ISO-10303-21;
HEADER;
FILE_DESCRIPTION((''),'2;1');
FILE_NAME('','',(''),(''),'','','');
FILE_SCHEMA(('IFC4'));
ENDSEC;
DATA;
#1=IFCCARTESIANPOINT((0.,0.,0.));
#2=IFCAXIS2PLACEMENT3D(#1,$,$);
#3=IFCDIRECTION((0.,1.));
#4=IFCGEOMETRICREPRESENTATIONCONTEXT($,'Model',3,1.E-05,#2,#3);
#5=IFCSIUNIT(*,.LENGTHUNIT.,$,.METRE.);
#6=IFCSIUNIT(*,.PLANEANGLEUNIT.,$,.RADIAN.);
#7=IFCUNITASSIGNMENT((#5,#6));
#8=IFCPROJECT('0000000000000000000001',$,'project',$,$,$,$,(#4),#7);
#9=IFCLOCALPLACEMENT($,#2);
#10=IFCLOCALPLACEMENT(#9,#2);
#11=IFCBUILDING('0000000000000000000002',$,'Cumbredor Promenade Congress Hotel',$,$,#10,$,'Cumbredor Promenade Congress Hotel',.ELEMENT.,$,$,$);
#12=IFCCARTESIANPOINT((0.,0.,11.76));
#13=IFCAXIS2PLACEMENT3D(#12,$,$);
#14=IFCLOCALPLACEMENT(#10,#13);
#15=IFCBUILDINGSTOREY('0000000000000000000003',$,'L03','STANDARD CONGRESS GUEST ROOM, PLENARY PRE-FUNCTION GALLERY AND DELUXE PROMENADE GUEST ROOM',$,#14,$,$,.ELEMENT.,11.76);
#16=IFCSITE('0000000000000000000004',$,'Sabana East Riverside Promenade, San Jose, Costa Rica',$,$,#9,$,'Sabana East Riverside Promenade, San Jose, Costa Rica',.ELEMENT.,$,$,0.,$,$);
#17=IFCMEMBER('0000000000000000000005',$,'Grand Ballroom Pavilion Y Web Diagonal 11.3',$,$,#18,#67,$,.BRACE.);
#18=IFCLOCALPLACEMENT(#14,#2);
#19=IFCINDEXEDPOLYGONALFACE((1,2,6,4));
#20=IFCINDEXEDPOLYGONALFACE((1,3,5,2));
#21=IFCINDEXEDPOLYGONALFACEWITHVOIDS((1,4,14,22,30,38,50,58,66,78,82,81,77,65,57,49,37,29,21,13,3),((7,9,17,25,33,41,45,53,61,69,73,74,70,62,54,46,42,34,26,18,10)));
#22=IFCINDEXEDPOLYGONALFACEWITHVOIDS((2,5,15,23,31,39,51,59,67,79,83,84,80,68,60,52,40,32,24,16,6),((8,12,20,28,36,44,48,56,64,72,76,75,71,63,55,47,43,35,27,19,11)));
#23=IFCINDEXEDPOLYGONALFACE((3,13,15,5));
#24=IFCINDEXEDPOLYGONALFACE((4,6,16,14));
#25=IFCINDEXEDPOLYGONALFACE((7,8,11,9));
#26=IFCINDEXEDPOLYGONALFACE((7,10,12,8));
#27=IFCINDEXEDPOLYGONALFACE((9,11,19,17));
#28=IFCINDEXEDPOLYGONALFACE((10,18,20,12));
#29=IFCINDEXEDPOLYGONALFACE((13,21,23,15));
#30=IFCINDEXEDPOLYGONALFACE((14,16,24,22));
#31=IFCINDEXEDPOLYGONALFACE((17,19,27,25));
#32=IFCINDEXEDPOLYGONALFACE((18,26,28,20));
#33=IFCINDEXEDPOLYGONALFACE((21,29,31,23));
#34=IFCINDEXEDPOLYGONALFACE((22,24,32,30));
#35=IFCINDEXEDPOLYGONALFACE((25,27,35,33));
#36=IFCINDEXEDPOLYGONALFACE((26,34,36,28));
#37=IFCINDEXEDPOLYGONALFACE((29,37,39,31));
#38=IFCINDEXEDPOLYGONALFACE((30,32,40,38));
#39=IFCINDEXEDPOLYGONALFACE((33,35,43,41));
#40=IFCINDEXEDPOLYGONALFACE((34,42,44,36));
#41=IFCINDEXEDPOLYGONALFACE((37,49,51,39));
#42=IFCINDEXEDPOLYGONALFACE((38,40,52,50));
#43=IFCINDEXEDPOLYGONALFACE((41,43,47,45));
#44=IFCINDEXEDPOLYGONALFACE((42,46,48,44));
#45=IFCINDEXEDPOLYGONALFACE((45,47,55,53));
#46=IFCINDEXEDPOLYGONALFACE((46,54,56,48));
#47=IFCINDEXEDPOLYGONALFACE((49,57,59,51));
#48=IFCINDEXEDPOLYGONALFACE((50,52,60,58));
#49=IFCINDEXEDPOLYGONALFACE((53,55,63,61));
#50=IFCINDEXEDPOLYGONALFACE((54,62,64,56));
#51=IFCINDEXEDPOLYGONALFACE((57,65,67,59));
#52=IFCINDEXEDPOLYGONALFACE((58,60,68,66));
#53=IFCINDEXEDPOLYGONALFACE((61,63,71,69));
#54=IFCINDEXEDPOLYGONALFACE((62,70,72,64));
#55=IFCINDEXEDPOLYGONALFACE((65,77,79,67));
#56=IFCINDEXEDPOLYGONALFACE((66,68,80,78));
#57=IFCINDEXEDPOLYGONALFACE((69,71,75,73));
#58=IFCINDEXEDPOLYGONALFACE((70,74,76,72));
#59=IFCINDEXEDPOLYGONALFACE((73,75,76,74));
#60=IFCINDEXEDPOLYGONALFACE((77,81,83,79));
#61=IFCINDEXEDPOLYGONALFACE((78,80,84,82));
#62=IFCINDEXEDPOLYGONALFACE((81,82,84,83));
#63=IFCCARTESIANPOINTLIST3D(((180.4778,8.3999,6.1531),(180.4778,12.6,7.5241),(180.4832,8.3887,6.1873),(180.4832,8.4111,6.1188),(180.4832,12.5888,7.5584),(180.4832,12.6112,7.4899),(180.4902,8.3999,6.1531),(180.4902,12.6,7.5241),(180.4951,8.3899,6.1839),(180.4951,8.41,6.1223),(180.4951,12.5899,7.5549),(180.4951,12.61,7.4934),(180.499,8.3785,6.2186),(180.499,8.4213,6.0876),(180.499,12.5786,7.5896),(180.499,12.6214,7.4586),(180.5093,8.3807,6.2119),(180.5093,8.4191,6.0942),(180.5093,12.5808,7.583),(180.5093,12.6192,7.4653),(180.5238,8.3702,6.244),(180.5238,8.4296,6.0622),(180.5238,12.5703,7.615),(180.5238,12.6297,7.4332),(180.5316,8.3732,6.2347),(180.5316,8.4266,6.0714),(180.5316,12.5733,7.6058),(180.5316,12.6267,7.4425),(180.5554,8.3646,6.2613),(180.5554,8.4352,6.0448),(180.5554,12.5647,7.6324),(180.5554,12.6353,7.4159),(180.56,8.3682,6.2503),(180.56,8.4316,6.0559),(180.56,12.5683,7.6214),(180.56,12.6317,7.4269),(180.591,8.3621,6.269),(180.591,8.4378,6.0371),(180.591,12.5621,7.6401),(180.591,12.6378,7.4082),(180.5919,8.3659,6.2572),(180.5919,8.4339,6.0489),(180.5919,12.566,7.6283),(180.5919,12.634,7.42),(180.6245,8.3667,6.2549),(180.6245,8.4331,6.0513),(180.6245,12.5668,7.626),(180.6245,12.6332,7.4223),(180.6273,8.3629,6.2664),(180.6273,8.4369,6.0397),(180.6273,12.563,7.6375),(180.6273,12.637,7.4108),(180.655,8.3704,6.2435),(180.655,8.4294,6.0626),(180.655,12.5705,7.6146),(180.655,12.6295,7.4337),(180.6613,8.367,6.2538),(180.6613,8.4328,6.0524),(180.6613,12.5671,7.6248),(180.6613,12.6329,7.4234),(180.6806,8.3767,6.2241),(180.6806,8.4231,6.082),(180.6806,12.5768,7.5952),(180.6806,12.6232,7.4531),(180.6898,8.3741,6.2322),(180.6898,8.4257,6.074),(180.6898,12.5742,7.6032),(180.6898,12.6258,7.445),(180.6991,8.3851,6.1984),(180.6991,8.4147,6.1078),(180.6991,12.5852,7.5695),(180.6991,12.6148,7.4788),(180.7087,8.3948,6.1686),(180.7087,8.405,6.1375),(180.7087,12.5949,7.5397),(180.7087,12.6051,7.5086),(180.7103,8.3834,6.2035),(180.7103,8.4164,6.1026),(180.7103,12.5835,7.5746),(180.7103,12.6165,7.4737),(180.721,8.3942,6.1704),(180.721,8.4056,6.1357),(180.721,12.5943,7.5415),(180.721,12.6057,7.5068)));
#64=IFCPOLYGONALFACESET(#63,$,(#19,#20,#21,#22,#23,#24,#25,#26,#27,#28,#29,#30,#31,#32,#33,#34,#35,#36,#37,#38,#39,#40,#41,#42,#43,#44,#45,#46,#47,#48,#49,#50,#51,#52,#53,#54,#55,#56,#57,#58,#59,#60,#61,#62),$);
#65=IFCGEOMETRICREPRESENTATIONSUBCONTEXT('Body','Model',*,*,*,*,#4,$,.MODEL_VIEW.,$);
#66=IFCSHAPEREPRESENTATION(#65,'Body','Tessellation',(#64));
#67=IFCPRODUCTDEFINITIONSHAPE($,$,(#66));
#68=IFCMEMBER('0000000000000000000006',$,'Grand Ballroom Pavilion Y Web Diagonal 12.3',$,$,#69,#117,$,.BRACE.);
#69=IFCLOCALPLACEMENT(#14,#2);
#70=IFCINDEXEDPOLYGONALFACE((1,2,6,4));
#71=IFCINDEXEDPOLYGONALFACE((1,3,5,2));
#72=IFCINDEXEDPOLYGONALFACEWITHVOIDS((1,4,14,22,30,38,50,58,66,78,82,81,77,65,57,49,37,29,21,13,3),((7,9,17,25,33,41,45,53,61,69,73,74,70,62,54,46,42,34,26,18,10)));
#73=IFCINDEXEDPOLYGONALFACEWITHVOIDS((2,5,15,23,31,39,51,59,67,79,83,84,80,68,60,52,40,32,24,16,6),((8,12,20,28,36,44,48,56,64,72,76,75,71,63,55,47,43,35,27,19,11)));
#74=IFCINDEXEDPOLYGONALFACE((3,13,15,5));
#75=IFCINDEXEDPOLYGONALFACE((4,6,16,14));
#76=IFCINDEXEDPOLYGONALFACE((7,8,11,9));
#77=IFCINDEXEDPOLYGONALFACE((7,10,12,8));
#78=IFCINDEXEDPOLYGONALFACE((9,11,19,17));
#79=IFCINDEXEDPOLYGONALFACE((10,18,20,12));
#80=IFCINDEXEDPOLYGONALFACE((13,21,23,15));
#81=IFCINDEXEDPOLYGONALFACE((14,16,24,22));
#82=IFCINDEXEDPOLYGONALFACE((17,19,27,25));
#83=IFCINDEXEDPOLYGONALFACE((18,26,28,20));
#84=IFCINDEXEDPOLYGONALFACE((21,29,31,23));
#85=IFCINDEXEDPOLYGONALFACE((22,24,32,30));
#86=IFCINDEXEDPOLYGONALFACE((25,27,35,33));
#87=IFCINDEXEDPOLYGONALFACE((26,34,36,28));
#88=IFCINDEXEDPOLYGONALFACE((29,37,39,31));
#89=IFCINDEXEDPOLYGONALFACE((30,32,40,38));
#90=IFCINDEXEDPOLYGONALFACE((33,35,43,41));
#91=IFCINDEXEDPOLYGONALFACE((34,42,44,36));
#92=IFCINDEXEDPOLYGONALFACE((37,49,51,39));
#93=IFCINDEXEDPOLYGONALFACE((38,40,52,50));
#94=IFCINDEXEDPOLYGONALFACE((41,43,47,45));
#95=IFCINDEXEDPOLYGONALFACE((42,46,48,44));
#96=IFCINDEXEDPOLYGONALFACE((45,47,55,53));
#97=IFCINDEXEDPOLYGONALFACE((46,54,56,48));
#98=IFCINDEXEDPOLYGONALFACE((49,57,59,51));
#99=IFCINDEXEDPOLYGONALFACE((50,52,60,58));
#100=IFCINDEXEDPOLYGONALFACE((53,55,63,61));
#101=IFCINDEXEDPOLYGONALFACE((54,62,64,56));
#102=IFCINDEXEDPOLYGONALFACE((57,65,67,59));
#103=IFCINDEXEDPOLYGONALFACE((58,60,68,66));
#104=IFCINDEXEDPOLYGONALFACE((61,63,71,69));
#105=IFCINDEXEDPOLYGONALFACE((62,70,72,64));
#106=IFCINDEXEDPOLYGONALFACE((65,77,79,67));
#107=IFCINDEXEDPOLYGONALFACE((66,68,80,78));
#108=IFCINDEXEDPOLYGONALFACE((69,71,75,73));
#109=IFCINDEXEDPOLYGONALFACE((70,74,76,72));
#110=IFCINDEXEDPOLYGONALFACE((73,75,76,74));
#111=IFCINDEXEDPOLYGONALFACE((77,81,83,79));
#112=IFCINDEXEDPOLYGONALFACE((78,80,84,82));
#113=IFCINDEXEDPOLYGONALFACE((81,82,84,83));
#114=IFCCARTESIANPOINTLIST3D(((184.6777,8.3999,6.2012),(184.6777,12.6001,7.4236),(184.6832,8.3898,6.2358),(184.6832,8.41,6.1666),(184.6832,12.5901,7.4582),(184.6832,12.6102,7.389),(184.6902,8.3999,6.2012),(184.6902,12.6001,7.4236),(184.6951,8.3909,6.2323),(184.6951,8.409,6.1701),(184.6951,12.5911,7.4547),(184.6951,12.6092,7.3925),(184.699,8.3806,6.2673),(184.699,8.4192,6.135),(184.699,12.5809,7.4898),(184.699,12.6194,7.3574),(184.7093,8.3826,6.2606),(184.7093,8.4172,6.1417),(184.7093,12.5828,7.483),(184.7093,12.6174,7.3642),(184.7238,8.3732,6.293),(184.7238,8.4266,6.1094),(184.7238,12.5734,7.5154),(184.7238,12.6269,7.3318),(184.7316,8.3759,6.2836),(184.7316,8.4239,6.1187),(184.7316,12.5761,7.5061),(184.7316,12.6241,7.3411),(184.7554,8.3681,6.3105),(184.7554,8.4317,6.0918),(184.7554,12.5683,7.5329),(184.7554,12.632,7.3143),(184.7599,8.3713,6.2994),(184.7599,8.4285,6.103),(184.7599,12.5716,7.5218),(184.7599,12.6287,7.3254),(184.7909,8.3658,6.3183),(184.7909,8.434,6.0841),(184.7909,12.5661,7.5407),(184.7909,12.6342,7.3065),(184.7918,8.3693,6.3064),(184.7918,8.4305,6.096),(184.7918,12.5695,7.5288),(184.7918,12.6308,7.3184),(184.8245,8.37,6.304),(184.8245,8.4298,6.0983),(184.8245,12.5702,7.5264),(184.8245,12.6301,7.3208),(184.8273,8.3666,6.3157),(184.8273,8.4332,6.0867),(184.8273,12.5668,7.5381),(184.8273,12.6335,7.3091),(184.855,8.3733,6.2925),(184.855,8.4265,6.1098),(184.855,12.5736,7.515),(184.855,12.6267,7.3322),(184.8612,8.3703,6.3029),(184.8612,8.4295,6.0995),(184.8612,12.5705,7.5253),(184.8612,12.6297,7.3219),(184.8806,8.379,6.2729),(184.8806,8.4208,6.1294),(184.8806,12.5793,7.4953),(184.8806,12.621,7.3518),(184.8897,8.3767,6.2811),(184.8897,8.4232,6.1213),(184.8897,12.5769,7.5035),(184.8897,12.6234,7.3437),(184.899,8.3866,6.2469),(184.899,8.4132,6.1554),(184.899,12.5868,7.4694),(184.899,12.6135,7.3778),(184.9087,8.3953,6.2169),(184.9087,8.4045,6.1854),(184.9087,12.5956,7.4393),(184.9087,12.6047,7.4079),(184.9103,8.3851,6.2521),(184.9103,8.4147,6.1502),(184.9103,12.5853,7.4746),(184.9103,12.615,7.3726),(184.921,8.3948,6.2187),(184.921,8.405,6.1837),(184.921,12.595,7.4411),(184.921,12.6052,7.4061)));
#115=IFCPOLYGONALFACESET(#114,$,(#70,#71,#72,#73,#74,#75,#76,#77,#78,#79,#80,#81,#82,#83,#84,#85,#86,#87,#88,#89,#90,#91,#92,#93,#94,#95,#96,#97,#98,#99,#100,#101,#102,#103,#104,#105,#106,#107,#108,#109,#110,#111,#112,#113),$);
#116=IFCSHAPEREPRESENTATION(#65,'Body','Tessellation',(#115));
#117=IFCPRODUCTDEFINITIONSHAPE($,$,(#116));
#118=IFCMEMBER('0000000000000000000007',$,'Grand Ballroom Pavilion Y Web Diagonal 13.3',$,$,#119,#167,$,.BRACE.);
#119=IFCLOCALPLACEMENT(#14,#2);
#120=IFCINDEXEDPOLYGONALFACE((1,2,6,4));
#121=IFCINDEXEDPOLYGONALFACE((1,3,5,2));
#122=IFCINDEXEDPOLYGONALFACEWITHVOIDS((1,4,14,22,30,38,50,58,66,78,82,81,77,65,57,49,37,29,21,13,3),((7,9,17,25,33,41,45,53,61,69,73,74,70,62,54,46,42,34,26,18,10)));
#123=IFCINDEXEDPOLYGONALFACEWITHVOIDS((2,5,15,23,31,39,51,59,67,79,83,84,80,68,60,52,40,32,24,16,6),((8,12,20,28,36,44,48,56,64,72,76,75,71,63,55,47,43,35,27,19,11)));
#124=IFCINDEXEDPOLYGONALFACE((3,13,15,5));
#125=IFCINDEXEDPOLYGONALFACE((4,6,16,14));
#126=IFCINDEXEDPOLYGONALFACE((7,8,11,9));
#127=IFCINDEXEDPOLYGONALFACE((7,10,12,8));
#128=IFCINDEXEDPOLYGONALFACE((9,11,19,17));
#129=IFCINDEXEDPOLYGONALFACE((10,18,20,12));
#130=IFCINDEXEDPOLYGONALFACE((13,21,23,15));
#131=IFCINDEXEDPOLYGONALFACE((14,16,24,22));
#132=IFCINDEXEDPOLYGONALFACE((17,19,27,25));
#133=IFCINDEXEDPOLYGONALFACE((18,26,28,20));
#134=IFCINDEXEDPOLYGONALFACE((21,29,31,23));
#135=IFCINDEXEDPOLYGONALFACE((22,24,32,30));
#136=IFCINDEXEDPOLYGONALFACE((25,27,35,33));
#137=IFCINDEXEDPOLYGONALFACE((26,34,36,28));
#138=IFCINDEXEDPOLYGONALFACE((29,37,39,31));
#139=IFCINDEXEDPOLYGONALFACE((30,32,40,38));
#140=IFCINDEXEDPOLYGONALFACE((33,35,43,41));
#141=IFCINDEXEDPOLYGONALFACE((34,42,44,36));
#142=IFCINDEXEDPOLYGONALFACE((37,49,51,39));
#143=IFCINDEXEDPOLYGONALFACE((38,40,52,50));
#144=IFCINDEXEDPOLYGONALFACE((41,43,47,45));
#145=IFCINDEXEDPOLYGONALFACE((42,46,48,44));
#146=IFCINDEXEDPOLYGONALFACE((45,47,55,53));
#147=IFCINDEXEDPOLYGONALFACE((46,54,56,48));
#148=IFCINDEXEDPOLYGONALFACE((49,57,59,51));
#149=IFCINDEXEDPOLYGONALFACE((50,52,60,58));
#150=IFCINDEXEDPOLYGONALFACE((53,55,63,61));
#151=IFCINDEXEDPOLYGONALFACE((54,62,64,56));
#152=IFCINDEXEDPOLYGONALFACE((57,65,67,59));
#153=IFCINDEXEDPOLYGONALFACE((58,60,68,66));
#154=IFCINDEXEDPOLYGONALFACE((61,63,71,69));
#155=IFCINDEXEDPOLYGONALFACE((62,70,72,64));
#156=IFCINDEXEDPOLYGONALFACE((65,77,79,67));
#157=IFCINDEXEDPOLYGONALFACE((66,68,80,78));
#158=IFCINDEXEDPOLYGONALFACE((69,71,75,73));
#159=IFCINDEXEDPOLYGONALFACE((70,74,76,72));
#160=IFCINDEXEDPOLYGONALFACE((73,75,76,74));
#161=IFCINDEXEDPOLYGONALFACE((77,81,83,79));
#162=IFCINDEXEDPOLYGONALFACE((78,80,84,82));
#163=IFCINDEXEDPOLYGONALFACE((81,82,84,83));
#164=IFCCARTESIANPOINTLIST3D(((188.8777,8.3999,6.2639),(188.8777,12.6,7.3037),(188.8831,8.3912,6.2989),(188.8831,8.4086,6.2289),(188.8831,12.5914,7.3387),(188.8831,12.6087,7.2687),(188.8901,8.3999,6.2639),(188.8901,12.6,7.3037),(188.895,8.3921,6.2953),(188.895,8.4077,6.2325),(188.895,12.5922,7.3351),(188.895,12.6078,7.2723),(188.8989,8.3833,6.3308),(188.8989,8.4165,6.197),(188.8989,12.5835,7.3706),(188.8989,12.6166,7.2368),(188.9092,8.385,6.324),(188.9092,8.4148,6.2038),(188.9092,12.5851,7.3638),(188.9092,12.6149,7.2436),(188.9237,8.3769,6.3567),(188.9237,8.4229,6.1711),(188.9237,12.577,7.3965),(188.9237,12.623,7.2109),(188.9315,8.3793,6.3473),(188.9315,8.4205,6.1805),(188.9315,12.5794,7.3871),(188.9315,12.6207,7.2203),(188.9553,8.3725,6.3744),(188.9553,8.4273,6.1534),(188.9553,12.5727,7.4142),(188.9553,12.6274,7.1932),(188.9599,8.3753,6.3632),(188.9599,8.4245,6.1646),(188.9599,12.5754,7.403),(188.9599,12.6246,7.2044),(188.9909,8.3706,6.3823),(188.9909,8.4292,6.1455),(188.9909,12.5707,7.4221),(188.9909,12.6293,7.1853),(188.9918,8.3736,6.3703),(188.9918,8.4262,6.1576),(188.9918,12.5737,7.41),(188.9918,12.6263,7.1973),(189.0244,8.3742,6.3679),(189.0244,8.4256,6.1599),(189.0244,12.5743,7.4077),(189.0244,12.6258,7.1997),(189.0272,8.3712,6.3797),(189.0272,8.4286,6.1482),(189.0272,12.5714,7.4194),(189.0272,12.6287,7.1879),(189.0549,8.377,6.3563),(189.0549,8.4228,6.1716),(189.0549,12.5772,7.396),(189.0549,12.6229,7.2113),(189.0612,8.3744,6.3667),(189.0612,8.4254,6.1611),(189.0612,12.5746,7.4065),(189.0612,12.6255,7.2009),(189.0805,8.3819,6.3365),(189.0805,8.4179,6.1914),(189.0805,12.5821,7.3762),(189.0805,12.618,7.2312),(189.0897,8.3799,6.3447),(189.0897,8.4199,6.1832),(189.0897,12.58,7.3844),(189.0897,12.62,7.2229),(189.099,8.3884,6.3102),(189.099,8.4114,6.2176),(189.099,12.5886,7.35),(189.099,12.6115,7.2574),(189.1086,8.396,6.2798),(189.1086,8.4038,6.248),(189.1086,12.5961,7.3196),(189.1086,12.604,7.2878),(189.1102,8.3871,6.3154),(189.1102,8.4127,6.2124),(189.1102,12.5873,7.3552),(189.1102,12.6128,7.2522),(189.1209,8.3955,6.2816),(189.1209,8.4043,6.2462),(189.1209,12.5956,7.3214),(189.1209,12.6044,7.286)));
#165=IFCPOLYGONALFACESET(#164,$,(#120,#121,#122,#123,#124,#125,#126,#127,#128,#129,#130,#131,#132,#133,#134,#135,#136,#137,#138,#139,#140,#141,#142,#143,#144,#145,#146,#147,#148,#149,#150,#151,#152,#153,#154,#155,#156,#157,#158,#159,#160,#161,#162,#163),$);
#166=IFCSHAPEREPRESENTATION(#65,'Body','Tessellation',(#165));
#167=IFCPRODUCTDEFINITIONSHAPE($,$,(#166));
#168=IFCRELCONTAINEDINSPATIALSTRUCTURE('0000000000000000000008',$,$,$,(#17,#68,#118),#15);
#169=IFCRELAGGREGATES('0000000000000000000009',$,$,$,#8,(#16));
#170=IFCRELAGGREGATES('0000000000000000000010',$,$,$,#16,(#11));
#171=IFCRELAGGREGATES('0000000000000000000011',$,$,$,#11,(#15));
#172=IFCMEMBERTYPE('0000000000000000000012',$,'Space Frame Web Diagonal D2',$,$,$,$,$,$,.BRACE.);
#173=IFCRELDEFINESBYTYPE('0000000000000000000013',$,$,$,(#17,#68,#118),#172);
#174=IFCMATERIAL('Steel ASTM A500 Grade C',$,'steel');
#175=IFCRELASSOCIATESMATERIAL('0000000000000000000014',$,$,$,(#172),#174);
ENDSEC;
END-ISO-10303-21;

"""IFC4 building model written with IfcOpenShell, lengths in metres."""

from ifc_helpers import new_model, si_unit, direction, frame, origin, origin_2d, place, context, subcontext, project, spatial, hollow_circle, extrude, material, material_profile, profile_set, type_object, element, save


model = new_model("IFC4")

# Units and contexts
model_context = context("Model", 3, precision=1e-05, world=origin(), true_north=direction((0.0, 1.0)))
body_context = subcontext(model_context, "Body", "Model", "MODEL_VIEW")
ifc_project = project(units=[si_unit("LENGTHUNIT", "METRE"), si_unit("PLANEANGLEUNIT", "RADIAN")], contexts=[model_context])

# Site, building, storey
site_placement = place(None, origin())
site = spatial("IfcSite", under=ifc_project, at=site_placement, Name="Sabana East Riverside Promenade, San Jose, Costa Rica", LongName="Sabana East Riverside Promenade, San Jose, Costa Rica", CompositionType="ELEMENT", RefElevation=0.0)
building_placement = place(site_placement, origin())
building = spatial("IfcBuilding", under=site, at=building_placement, Name="Cumbredor Promenade Congress Hotel", LongName="Cumbredor Promenade Congress Hotel", CompositionType="ELEMENT")
storey_placement = place(building_placement, frame((0.0, 0.0, 11.76)))
storey = spatial("IfcBuildingStorey", under=building, at=storey_placement, Name="L03", Description="STANDARD CONGRESS GUEST ROOM, PLENARY PRE-FUNCTION GALLERY AND DELUXE PROMENADE GUEST ROOM", CompositionType="ELEMENT", Elevation=11.76)

# Shared definitions
ifc_material_1 = material(Name="Steel ASTM A500 Grade C", Category="steel")

# Members
ifc_material_profile_1 = material_profile(ifc_material_1, hollow_circle(Radius=0.1223, WallThickness=0.0125, at=origin_2d()), Name="CHS 244.5x12.5")
ifc_profile_set_1 = profile_set([ifc_material_profile_1], Name="Steel ASTM A500 Grade C")
member_type_1 = type_object("IfcMemberType", Name="Space Frame Web Diagonal D2", PredefinedType="BRACE", material=ifc_profile_set_1)
member_1_placement = place(storey_placement, frame((180.6001, 8.3999, 6.1531), z_axis=(0.0, 0.950632, 0.31032), x_axis=(-1.0, 0.0, 0.0)))
element("IfcMember", 1, at=member_1_placement, inside=storey, type_object=member_type_1, Name="Grand Ballroom Pavilion Y Web Diagonal 11.3", PredefinedType="BRACE", context=body_context, shape_type="SweptSolid", body=[
    extrude(hollow_circle(Radius=0.1223, WallThickness=0.0125, at=origin_2d()), origin(), (0.0, 0.0, 1.0), 4.4182),
])
member_2_placement = place(storey_placement, frame((184.8, 8.3999, 6.2012), z_axis=(0.0, 0.960162, 0.279443), x_axis=(-1.0, 0.0, 0.0)))
element("IfcMember", 2, at=member_2_placement, inside=storey, type_object=member_type_1, Name="Grand Ballroom Pavilion Y Web Diagonal 12.3", PredefinedType="BRACE", context=body_context, shape_type="SweptSolid", body=[
    extrude(hollow_circle(Radius=0.1223, WallThickness=0.0125, at=origin_2d()), origin(), (0.0, 0.0, 1.0), 4.3745),
])
member_3_placement = place(storey_placement, frame((189.0, 8.3999, 6.2639), z_axis=(0.0, 0.970698, 0.240305), x_axis=(-1.0, 0.0, 0.0)))
element("IfcMember", 3, at=member_3_placement, inside=storey, type_object=member_type_1, Name="Grand Ballroom Pavilion Y Web Diagonal 13.3", PredefinedType="BRACE", context=body_context, shape_type="SweptSolid", body=[
    extrude(hollow_circle(Radius=0.1223, WallThickness=0.0125, at=origin_2d()), origin(), (0.0, 0.0, 1.0), 4.3269),
])

save(model, "model.ifc")
